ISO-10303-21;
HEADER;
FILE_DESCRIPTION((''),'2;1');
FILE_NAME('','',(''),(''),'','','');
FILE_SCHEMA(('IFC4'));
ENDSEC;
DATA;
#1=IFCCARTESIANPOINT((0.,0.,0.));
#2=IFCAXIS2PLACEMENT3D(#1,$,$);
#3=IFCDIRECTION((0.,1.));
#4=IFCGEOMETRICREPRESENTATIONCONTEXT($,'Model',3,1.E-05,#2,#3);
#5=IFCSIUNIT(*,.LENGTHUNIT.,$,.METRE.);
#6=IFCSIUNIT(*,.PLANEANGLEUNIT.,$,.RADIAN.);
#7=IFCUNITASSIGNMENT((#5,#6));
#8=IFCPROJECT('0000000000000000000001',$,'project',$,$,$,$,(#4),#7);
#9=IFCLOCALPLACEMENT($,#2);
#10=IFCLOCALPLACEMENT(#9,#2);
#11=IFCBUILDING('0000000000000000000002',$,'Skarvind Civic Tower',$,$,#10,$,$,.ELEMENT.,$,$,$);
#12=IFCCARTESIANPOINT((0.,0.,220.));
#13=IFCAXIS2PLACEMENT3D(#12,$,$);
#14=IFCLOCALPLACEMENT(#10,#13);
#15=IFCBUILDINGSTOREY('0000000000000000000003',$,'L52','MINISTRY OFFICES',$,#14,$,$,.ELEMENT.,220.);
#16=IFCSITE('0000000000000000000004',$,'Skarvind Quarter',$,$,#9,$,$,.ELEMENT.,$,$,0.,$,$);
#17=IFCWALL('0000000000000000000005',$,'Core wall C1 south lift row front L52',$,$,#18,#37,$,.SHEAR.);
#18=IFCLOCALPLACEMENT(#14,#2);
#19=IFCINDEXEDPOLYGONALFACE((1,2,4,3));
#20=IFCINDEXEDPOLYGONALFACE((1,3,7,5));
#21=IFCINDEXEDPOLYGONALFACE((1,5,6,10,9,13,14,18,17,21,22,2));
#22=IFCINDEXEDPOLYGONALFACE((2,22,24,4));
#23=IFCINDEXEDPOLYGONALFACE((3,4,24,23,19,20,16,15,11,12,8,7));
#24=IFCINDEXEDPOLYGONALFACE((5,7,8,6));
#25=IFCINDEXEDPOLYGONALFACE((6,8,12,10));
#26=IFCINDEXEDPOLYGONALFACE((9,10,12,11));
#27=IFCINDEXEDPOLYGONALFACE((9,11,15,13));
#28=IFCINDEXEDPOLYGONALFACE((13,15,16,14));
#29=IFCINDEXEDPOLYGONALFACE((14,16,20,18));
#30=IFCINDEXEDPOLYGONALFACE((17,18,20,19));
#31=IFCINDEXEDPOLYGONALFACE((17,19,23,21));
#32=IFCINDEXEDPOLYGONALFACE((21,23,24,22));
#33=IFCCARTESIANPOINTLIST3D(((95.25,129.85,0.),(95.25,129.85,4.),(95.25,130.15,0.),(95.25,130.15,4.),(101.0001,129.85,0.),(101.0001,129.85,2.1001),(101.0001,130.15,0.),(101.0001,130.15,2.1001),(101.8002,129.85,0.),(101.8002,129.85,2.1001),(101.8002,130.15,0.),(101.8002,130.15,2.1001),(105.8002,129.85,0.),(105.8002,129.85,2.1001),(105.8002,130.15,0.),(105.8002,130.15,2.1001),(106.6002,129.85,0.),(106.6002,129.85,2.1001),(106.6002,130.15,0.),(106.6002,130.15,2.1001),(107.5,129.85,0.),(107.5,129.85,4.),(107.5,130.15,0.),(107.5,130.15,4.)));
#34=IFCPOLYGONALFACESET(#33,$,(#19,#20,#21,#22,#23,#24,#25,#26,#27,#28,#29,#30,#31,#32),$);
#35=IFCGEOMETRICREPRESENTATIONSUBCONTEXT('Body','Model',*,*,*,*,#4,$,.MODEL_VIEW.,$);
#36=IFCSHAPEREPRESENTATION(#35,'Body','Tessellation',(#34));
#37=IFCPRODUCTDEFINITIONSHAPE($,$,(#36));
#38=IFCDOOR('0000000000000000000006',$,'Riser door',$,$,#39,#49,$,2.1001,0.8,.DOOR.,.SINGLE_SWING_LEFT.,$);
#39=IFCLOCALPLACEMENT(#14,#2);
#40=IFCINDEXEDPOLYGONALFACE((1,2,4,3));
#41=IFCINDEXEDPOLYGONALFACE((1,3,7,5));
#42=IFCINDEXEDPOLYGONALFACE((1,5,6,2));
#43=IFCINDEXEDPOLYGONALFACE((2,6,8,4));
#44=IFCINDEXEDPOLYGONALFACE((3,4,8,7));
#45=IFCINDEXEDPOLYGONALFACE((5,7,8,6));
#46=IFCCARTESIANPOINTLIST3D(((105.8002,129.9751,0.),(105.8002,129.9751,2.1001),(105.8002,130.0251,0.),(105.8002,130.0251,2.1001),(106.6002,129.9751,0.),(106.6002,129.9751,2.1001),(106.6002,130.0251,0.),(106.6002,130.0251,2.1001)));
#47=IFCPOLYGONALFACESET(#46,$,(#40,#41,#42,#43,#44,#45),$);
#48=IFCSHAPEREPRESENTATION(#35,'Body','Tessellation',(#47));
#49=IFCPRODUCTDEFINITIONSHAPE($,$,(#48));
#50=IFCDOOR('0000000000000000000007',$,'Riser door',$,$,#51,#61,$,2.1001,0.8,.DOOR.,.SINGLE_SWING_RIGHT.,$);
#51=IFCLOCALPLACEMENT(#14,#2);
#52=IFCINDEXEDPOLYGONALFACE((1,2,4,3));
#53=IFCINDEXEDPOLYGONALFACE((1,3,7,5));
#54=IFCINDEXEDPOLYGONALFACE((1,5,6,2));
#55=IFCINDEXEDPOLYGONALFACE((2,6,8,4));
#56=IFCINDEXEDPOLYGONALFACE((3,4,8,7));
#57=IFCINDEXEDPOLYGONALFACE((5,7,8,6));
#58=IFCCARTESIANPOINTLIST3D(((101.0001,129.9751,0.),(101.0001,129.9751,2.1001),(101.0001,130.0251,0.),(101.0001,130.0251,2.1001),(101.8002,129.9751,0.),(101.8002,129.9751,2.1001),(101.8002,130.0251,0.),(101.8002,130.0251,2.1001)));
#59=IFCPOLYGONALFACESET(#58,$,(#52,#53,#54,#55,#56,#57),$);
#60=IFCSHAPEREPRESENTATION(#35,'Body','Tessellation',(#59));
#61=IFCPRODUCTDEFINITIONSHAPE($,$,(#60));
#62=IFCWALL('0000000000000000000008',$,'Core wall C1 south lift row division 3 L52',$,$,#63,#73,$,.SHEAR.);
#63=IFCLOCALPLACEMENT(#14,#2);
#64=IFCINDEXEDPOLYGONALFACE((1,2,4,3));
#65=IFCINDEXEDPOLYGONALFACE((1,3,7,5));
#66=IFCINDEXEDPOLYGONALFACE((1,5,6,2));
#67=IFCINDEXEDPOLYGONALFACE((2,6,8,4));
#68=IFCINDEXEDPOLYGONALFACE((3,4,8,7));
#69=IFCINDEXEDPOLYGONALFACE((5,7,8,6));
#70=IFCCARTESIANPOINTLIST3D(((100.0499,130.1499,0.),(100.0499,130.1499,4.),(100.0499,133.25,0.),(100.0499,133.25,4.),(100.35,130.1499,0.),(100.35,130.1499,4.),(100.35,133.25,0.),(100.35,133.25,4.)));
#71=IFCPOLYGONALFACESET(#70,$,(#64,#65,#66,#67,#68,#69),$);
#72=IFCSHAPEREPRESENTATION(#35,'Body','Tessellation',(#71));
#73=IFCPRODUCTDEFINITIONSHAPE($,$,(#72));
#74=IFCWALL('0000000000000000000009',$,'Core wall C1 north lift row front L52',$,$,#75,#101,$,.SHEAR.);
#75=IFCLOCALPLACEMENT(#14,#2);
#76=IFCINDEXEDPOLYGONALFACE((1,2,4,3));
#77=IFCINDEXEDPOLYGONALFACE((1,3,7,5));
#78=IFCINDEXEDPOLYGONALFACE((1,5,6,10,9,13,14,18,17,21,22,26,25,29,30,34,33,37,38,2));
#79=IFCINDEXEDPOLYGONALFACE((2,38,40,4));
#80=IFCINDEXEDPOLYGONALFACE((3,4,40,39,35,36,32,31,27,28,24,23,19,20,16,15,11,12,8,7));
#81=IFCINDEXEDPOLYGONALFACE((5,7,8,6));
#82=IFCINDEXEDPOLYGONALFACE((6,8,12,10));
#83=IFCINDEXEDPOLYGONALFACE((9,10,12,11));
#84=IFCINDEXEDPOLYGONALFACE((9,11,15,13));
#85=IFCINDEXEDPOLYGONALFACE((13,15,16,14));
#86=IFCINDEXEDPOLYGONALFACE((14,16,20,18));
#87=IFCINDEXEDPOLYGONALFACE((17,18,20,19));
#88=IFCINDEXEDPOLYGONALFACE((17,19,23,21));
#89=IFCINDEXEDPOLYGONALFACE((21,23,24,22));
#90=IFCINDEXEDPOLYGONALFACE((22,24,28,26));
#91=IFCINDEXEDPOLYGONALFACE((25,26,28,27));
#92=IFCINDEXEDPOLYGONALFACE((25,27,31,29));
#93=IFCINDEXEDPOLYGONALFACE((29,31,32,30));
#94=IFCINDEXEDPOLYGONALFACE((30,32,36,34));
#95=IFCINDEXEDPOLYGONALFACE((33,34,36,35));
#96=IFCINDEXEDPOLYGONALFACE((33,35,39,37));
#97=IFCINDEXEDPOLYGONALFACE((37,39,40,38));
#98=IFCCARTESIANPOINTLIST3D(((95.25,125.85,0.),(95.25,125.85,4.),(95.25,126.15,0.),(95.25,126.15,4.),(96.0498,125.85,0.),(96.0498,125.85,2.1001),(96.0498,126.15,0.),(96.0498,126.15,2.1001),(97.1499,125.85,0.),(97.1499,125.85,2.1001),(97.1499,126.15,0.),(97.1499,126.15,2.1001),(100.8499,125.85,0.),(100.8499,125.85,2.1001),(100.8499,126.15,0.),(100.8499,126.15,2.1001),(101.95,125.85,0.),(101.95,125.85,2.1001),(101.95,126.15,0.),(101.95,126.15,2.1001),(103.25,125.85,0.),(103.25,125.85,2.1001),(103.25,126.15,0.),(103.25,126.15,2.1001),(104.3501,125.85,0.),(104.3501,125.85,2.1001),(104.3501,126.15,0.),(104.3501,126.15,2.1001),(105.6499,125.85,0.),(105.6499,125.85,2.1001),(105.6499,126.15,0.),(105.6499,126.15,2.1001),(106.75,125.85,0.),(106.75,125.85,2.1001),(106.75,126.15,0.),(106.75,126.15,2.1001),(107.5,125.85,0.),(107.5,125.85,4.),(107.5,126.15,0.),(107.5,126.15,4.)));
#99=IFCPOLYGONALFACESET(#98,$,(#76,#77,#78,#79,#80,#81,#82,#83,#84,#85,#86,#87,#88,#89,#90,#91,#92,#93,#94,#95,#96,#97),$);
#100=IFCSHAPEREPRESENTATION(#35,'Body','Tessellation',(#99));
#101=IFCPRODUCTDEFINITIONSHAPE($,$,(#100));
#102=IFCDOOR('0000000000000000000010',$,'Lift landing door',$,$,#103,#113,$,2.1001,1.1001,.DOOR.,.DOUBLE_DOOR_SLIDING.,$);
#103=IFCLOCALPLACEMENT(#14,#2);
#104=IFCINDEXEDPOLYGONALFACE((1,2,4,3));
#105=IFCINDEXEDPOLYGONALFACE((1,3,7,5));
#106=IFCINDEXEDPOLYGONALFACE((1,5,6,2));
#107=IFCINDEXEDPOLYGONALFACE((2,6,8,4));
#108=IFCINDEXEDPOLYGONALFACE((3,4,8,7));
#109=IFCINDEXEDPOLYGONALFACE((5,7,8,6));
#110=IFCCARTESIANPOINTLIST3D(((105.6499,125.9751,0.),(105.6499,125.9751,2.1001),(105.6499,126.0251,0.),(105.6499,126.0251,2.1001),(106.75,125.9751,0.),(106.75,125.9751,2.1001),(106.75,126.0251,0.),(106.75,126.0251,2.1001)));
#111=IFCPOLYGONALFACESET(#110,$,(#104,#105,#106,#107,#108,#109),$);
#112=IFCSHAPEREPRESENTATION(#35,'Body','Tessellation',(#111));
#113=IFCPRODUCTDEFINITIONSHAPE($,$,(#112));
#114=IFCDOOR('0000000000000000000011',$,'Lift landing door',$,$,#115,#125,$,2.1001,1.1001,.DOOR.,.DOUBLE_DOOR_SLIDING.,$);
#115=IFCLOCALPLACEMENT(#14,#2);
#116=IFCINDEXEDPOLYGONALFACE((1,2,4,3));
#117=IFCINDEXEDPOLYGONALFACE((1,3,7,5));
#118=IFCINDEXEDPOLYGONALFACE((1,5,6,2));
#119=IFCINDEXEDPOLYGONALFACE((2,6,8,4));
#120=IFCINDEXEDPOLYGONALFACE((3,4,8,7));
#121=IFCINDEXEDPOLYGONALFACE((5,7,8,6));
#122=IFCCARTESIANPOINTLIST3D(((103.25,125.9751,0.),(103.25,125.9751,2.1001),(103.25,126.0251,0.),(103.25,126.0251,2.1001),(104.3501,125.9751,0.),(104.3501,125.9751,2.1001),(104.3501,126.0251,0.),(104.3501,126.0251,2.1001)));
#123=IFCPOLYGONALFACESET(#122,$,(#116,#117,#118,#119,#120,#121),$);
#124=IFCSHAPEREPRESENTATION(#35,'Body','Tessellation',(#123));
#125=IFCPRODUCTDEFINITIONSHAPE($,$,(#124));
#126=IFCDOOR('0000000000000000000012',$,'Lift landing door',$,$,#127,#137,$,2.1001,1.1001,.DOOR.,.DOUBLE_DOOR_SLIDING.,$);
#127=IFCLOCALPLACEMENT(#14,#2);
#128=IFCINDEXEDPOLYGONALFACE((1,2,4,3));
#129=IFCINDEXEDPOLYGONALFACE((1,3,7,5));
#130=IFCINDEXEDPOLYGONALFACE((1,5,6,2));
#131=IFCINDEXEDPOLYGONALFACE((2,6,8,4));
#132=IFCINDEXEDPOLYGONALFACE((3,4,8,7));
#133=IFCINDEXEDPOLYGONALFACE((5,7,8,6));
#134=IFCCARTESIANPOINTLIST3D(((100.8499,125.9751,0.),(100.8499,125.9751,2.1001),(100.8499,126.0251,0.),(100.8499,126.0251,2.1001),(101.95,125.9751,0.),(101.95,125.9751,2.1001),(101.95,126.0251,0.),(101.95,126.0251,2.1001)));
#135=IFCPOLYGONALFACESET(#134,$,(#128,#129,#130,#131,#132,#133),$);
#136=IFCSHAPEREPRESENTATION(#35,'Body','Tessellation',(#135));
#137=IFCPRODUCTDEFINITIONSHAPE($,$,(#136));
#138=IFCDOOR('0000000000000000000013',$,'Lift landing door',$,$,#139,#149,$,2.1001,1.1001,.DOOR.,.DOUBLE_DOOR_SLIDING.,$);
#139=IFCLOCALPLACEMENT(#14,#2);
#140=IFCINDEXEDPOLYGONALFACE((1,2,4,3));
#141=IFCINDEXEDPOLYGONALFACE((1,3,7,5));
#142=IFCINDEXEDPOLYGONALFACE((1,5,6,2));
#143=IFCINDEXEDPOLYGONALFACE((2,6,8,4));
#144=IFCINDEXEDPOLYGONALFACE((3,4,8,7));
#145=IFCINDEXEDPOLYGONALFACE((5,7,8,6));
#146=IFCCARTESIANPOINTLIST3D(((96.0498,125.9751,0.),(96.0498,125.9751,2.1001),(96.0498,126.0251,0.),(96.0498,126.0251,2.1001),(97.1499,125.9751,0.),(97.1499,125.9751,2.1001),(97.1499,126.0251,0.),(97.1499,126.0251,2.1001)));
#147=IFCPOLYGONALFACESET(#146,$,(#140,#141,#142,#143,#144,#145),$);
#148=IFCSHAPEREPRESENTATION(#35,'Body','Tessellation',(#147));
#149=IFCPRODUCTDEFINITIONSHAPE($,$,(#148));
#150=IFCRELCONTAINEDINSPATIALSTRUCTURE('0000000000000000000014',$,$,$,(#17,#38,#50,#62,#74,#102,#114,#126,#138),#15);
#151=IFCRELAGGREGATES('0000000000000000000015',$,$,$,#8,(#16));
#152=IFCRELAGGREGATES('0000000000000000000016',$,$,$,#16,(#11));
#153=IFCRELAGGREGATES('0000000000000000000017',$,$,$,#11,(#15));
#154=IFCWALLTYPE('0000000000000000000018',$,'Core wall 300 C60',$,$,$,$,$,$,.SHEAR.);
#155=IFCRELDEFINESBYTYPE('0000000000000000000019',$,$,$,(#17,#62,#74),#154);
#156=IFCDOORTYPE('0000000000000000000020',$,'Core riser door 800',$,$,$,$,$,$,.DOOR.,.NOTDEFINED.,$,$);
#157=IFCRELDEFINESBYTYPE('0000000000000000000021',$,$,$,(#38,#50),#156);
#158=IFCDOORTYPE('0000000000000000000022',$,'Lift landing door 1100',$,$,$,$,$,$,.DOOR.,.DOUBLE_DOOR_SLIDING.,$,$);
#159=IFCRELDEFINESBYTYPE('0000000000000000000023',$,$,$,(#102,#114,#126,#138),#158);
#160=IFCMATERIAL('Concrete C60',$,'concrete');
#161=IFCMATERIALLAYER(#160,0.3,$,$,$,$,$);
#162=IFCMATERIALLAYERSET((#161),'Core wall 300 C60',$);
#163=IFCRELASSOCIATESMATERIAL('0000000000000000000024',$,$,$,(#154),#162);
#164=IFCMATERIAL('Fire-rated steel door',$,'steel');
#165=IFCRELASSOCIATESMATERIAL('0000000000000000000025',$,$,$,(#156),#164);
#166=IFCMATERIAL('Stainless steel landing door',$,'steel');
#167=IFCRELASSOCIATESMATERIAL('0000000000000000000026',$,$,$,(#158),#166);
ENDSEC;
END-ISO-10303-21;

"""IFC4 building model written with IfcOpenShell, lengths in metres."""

from ifc_helpers import new_model, si_unit, direction, frame, frame_2d, origin, place, context, subcontext, project, spatial, rectangle, extrude, material, layer, layer_set, type_object, element, fill, save


model = new_model("IFC4")

# Units and contexts
model_context = context("Model", 3, precision=1e-05, world=origin(), true_north=direction((0.0, 1.0)))
body_context = subcontext(model_context, "Body", "Model", "MODEL_VIEW")
ifc_project = project(units=[si_unit("LENGTHUNIT", "METRE"), si_unit("PLANEANGLEUNIT", "RADIAN")], contexts=[model_context])

# Site, building, storey
site_placement = place(None, origin())
site = spatial("IfcSite", under=ifc_project, at=site_placement, Name="Skarvind Quarter", CompositionType="ELEMENT", RefElevation=0.0)
building_placement = place(site_placement, origin())
building = spatial("IfcBuilding", under=site, at=building_placement, Name="Skarvind Civic Tower", CompositionType="ELEMENT")
storey_placement = place(building_placement, frame((0.0, 0.0, 220.0)))
storey = spatial("IfcBuildingStorey", under=building, at=storey_placement, Name="L52", Description="MINISTRY OFFICES", CompositionType="ELEMENT", Elevation=220.0)

# Wall, openings, doors
ifc_material_1 = material(Name="Concrete C60", Category="concrete")
ifc_layer_1 = layer(ifc_material_1, 0.3)
ifc_layer_set_1 = layer_set([ifc_layer_1], Name="Core wall 300 C60")
wall_type_1 = type_object("IfcWallType", Name="Core wall 300 C60", PredefinedType="SHEAR", material=ifc_layer_set_1)
wall_1_placement = place(storey_placement, frame((107.5, 130.0, 0.0), z_axis=(0.0, 0.0, 1.0), x_axis=(-1.0, 0.0, 0.0)))
wall_1 = element("IfcWall", 1, at=wall_1_placement, inside=storey, type_object=wall_type_1, Name="Core wall C1 south lift row front L52", PredefinedType="SHEAR", context=body_context, shape_type="SweptSolid", body=[
    extrude(rectangle(XDim=12.25, YDim=0.3, at=frame_2d((6.125, 0.0))), origin(), (0.0, 0.0, 1.0), 4.0),
])
opening_1_placement = place(wall_1_placement, frame((0.8999, 0.0, 0.0)))
opening_1 = element("IfcOpeningElement", 2, at=opening_1_placement, cuts=wall_1, PredefinedType="OPENING", context=body_context, shape_type="SweptSolid", body=[
    extrude(rectangle(XDim=0.8, YDim=2.1001, at=frame_2d((0.3999, 1.05))), frame((0.0, 0.1599, 0.0), z_axis=(0.0, -1.0, 0.0), x_axis=(1.0, 0.0, 0.0)), (0.0, 0.0, 1.0), 0.3201),
])
opening_2_placement = place(wall_1_placement, frame((5.7, 0.0, 0.0)))
opening_2 = element("IfcOpeningElement", 3, at=opening_2_placement, cuts=wall_1, PredefinedType="OPENING", context=body_context, shape_type="SweptSolid", body=[
    extrude(rectangle(XDim=0.8, YDim=2.1001, at=frame_2d((0.3999, 1.05))), frame((0.0, 0.1599, 0.0), z_axis=(0.0, -1.0, 0.0), x_axis=(1.0, 0.0, 0.0)), (0.0, 0.0, 1.0), 0.3201),
])
ifc_material_2 = material(Name="Fire-rated steel door", Category="steel")
door_type_1 = type_object("IfcDoorType", Name="Core riser door 800", OperationType="NOTDEFINED", PredefinedType="DOOR", material=ifc_material_2)
door_1_placement = place(opening_1_placement, origin())
door_1 = element("IfcDoor", 4, at=door_1_placement, inside=storey, type_object=door_type_1, Name="Riser door", OperationType="SINGLE_SWING_LEFT", OverallHeight=2.1001, OverallWidth=0.8, PredefinedType="DOOR", context=body_context, shape_type="SweptSolid", body=[
    extrude(rectangle(XDim=0.8, YDim=2.1001, at=frame_2d((0.3999, 1.05))), frame((0.0, 0.0249, 0.0), z_axis=(0.0, -1.0, 0.0), x_axis=(1.0, 0.0, 0.0)), (0.0, 0.0, 1.0), 0.05),
])
fill(opening_1, door_1)
door_2_placement = place(opening_2_placement, origin())
door_2 = element("IfcDoor", 5, at=door_2_placement, inside=storey, type_object=door_type_1, Name="Riser door", OperationType="SINGLE_SWING_RIGHT", OverallHeight=2.1001, OverallWidth=0.8, PredefinedType="DOOR", context=body_context, shape_type="SweptSolid", body=[
    extrude(rectangle(XDim=0.8, YDim=2.1001, at=frame_2d((0.3999, 1.05))), frame((0.0, 0.0249, 0.0), z_axis=(0.0, -1.0, 0.0), x_axis=(1.0, 0.0, 0.0)), (0.0, 0.0, 1.0), 0.05),
])
fill(opening_2, door_2)

# Wall
wall_2_placement = place(storey_placement, frame((100.2, 133.25, 0.0), z_axis=(0.0, 0.0, 1.0), x_axis=(0.0, -1.0, 0.0)))
element("IfcWall", 6, at=wall_2_placement, inside=storey, type_object=wall_type_1, Name="Core wall C1 south lift row division 3 L52", PredefinedType="SHEAR", context=body_context, shape_type="SweptSolid", body=[
    extrude(rectangle(XDim=3.1001, YDim=0.3, at=frame_2d((1.55, 0.0))), origin(), (0.0, 0.0, 1.0), 4.0),
])

# Wall, openings, doors
wall_3_placement = place(storey_placement, frame((107.5, 126.0, 0.0), z_axis=(0.0, 0.0, 1.0), x_axis=(-1.0, 0.0, 0.0)))
wall_3 = element("IfcWall", 7, at=wall_3_placement, inside=storey, type_object=wall_type_1, Name="Core wall C1 north lift row front L52", PredefinedType="SHEAR", context=body_context, shape_type="SweptSolid", body=[
    extrude(rectangle(XDim=12.25, YDim=0.3, at=frame_2d((6.125, 0.0))), origin(), (0.0, 0.0, 1.0), 4.0),
])
opening_3_placement = place(wall_3_placement, frame((0.75, 0.0, 0.0)))
opening_3 = element("IfcOpeningElement", 8, at=opening_3_placement, cuts=wall_3, PredefinedType="OPENING", context=body_context, shape_type="SweptSolid", body=[
    extrude(rectangle(XDim=1.1001, YDim=2.1001, at=frame_2d((0.55, 1.05))), frame((0.0, 0.1599, 0.0), z_axis=(0.0, -1.0, 0.0), x_axis=(1.0, 0.0, 0.0)), (0.0, 0.0, 1.0), 0.3201),
])
opening_4_placement = place(wall_3_placement, frame((3.1499, 0.0, 0.0)))
opening_4 = element("IfcOpeningElement", 9, at=opening_4_placement, cuts=wall_3, PredefinedType="OPENING", context=body_context, shape_type="SweptSolid", body=[
    extrude(rectangle(XDim=1.1001, YDim=2.1001, at=frame_2d((0.55, 1.05))), frame((0.0, 0.1599, 0.0), z_axis=(0.0, -1.0, 0.0), x_axis=(1.0, 0.0, 0.0)), (0.0, 0.0, 1.0), 0.3201),
])
opening_5_placement = place(wall_3_placement, frame((5.55, 0.0, 0.0)))
opening_5 = element("IfcOpeningElement", 10, at=opening_5_placement, cuts=wall_3, PredefinedType="OPENING", context=body_context, shape_type="SweptSolid", body=[
    extrude(rectangle(XDim=1.1001, YDim=2.1001, at=frame_2d((0.55, 1.05))), frame((0.0, 0.1599, 0.0), z_axis=(0.0, -1.0, 0.0), x_axis=(1.0, 0.0, 0.0)), (0.0, 0.0, 1.0), 0.3201),
])
opening_6_placement = place(wall_3_placement, frame((10.3501, 0.0, 0.0)))
opening_6 = element("IfcOpeningElement", 11, at=opening_6_placement, cuts=wall_3, PredefinedType="OPENING", context=body_context, shape_type="SweptSolid", body=[
    extrude(rectangle(XDim=1.1001, YDim=2.1001, at=frame_2d((0.55, 1.05))), frame((0.0, 0.1599, 0.0), z_axis=(0.0, -1.0, 0.0), x_axis=(1.0, 0.0, 0.0)), (0.0, 0.0, 1.0), 0.3201),
])
ifc_material_3 = material(Name="Stainless steel landing door", Category="steel")
door_type_2 = type_object("IfcDoorType", Name="Lift landing door 1100", OperationType="DOUBLE_DOOR_SLIDING", PredefinedType="DOOR", material=ifc_material_3)
door_3_placement = place(opening_3_placement, origin())
door_3 = element("IfcDoor", 12, at=door_3_placement, inside=storey, type_object=door_type_2, Name="Lift landing door", OperationType="DOUBLE_DOOR_SLIDING", OverallHeight=2.1001, OverallWidth=1.1001, PredefinedType="DOOR", context=body_context, shape_type="SweptSolid", body=[
    extrude(rectangle(XDim=1.1001, YDim=2.1001, at=frame_2d((0.55, 1.05))), frame((0.0, 0.0249, 0.0), z_axis=(0.0, -1.0, 0.0), x_axis=(1.0, 0.0, 0.0)), (0.0, 0.0, 1.0), 0.05),
])
fill(opening_3, door_3)
door_4_placement = place(opening_4_placement, origin())
door_4 = element("IfcDoor", 13, at=door_4_placement, inside=storey, type_object=door_type_2, Name="Lift landing door", OperationType="DOUBLE_DOOR_SLIDING", OverallHeight=2.1001, OverallWidth=1.1001, PredefinedType="DOOR", context=body_context, shape_type="SweptSolid", body=[
    extrude(rectangle(XDim=1.1001, YDim=2.1001, at=frame_2d((0.55, 1.05))), frame((0.0, 0.0249, 0.0), z_axis=(0.0, -1.0, 0.0), x_axis=(1.0, 0.0, 0.0)), (0.0, 0.0, 1.0), 0.05),
])
fill(opening_4, door_4)
door_5_placement = place(opening_5_placement, origin())
door_5 = element("IfcDoor", 14, at=door_5_placement, inside=storey, type_object=door_type_2, Name="Lift landing door", OperationType="DOUBLE_DOOR_SLIDING", OverallHeight=2.1001, OverallWidth=1.1001, PredefinedType="DOOR", context=body_context, shape_type="SweptSolid", body=[
    extrude(rectangle(XDim=1.1001, YDim=2.1001, at=frame_2d((0.55, 1.05))), frame((0.0, 0.0249, 0.0), z_axis=(0.0, -1.0, 0.0), x_axis=(1.0, 0.0, 0.0)), (0.0, 0.0, 1.0), 0.05),
])
fill(opening_5, door_5)
door_6_placement = place(opening_6_placement, origin())
door_6 = element("IfcDoor", 15, at=door_6_placement, inside=storey, type_object=door_type_2, Name="Lift landing door", OperationType="DOUBLE_DOOR_SLIDING", OverallHeight=2.1001, OverallWidth=1.1001, PredefinedType="DOOR", context=body_context, shape_type="SweptSolid", body=[
    extrude(rectangle(XDim=1.1001, YDim=2.1001, at=frame_2d((0.55, 1.05))), frame((0.0, 0.0249, 0.0), z_axis=(0.0, -1.0, 0.0), x_axis=(1.0, 0.0, 0.0)), (0.0, 0.0, 1.0), 0.05),
])
fill(opening_6, door_6)

save(model, "model.ifc")
